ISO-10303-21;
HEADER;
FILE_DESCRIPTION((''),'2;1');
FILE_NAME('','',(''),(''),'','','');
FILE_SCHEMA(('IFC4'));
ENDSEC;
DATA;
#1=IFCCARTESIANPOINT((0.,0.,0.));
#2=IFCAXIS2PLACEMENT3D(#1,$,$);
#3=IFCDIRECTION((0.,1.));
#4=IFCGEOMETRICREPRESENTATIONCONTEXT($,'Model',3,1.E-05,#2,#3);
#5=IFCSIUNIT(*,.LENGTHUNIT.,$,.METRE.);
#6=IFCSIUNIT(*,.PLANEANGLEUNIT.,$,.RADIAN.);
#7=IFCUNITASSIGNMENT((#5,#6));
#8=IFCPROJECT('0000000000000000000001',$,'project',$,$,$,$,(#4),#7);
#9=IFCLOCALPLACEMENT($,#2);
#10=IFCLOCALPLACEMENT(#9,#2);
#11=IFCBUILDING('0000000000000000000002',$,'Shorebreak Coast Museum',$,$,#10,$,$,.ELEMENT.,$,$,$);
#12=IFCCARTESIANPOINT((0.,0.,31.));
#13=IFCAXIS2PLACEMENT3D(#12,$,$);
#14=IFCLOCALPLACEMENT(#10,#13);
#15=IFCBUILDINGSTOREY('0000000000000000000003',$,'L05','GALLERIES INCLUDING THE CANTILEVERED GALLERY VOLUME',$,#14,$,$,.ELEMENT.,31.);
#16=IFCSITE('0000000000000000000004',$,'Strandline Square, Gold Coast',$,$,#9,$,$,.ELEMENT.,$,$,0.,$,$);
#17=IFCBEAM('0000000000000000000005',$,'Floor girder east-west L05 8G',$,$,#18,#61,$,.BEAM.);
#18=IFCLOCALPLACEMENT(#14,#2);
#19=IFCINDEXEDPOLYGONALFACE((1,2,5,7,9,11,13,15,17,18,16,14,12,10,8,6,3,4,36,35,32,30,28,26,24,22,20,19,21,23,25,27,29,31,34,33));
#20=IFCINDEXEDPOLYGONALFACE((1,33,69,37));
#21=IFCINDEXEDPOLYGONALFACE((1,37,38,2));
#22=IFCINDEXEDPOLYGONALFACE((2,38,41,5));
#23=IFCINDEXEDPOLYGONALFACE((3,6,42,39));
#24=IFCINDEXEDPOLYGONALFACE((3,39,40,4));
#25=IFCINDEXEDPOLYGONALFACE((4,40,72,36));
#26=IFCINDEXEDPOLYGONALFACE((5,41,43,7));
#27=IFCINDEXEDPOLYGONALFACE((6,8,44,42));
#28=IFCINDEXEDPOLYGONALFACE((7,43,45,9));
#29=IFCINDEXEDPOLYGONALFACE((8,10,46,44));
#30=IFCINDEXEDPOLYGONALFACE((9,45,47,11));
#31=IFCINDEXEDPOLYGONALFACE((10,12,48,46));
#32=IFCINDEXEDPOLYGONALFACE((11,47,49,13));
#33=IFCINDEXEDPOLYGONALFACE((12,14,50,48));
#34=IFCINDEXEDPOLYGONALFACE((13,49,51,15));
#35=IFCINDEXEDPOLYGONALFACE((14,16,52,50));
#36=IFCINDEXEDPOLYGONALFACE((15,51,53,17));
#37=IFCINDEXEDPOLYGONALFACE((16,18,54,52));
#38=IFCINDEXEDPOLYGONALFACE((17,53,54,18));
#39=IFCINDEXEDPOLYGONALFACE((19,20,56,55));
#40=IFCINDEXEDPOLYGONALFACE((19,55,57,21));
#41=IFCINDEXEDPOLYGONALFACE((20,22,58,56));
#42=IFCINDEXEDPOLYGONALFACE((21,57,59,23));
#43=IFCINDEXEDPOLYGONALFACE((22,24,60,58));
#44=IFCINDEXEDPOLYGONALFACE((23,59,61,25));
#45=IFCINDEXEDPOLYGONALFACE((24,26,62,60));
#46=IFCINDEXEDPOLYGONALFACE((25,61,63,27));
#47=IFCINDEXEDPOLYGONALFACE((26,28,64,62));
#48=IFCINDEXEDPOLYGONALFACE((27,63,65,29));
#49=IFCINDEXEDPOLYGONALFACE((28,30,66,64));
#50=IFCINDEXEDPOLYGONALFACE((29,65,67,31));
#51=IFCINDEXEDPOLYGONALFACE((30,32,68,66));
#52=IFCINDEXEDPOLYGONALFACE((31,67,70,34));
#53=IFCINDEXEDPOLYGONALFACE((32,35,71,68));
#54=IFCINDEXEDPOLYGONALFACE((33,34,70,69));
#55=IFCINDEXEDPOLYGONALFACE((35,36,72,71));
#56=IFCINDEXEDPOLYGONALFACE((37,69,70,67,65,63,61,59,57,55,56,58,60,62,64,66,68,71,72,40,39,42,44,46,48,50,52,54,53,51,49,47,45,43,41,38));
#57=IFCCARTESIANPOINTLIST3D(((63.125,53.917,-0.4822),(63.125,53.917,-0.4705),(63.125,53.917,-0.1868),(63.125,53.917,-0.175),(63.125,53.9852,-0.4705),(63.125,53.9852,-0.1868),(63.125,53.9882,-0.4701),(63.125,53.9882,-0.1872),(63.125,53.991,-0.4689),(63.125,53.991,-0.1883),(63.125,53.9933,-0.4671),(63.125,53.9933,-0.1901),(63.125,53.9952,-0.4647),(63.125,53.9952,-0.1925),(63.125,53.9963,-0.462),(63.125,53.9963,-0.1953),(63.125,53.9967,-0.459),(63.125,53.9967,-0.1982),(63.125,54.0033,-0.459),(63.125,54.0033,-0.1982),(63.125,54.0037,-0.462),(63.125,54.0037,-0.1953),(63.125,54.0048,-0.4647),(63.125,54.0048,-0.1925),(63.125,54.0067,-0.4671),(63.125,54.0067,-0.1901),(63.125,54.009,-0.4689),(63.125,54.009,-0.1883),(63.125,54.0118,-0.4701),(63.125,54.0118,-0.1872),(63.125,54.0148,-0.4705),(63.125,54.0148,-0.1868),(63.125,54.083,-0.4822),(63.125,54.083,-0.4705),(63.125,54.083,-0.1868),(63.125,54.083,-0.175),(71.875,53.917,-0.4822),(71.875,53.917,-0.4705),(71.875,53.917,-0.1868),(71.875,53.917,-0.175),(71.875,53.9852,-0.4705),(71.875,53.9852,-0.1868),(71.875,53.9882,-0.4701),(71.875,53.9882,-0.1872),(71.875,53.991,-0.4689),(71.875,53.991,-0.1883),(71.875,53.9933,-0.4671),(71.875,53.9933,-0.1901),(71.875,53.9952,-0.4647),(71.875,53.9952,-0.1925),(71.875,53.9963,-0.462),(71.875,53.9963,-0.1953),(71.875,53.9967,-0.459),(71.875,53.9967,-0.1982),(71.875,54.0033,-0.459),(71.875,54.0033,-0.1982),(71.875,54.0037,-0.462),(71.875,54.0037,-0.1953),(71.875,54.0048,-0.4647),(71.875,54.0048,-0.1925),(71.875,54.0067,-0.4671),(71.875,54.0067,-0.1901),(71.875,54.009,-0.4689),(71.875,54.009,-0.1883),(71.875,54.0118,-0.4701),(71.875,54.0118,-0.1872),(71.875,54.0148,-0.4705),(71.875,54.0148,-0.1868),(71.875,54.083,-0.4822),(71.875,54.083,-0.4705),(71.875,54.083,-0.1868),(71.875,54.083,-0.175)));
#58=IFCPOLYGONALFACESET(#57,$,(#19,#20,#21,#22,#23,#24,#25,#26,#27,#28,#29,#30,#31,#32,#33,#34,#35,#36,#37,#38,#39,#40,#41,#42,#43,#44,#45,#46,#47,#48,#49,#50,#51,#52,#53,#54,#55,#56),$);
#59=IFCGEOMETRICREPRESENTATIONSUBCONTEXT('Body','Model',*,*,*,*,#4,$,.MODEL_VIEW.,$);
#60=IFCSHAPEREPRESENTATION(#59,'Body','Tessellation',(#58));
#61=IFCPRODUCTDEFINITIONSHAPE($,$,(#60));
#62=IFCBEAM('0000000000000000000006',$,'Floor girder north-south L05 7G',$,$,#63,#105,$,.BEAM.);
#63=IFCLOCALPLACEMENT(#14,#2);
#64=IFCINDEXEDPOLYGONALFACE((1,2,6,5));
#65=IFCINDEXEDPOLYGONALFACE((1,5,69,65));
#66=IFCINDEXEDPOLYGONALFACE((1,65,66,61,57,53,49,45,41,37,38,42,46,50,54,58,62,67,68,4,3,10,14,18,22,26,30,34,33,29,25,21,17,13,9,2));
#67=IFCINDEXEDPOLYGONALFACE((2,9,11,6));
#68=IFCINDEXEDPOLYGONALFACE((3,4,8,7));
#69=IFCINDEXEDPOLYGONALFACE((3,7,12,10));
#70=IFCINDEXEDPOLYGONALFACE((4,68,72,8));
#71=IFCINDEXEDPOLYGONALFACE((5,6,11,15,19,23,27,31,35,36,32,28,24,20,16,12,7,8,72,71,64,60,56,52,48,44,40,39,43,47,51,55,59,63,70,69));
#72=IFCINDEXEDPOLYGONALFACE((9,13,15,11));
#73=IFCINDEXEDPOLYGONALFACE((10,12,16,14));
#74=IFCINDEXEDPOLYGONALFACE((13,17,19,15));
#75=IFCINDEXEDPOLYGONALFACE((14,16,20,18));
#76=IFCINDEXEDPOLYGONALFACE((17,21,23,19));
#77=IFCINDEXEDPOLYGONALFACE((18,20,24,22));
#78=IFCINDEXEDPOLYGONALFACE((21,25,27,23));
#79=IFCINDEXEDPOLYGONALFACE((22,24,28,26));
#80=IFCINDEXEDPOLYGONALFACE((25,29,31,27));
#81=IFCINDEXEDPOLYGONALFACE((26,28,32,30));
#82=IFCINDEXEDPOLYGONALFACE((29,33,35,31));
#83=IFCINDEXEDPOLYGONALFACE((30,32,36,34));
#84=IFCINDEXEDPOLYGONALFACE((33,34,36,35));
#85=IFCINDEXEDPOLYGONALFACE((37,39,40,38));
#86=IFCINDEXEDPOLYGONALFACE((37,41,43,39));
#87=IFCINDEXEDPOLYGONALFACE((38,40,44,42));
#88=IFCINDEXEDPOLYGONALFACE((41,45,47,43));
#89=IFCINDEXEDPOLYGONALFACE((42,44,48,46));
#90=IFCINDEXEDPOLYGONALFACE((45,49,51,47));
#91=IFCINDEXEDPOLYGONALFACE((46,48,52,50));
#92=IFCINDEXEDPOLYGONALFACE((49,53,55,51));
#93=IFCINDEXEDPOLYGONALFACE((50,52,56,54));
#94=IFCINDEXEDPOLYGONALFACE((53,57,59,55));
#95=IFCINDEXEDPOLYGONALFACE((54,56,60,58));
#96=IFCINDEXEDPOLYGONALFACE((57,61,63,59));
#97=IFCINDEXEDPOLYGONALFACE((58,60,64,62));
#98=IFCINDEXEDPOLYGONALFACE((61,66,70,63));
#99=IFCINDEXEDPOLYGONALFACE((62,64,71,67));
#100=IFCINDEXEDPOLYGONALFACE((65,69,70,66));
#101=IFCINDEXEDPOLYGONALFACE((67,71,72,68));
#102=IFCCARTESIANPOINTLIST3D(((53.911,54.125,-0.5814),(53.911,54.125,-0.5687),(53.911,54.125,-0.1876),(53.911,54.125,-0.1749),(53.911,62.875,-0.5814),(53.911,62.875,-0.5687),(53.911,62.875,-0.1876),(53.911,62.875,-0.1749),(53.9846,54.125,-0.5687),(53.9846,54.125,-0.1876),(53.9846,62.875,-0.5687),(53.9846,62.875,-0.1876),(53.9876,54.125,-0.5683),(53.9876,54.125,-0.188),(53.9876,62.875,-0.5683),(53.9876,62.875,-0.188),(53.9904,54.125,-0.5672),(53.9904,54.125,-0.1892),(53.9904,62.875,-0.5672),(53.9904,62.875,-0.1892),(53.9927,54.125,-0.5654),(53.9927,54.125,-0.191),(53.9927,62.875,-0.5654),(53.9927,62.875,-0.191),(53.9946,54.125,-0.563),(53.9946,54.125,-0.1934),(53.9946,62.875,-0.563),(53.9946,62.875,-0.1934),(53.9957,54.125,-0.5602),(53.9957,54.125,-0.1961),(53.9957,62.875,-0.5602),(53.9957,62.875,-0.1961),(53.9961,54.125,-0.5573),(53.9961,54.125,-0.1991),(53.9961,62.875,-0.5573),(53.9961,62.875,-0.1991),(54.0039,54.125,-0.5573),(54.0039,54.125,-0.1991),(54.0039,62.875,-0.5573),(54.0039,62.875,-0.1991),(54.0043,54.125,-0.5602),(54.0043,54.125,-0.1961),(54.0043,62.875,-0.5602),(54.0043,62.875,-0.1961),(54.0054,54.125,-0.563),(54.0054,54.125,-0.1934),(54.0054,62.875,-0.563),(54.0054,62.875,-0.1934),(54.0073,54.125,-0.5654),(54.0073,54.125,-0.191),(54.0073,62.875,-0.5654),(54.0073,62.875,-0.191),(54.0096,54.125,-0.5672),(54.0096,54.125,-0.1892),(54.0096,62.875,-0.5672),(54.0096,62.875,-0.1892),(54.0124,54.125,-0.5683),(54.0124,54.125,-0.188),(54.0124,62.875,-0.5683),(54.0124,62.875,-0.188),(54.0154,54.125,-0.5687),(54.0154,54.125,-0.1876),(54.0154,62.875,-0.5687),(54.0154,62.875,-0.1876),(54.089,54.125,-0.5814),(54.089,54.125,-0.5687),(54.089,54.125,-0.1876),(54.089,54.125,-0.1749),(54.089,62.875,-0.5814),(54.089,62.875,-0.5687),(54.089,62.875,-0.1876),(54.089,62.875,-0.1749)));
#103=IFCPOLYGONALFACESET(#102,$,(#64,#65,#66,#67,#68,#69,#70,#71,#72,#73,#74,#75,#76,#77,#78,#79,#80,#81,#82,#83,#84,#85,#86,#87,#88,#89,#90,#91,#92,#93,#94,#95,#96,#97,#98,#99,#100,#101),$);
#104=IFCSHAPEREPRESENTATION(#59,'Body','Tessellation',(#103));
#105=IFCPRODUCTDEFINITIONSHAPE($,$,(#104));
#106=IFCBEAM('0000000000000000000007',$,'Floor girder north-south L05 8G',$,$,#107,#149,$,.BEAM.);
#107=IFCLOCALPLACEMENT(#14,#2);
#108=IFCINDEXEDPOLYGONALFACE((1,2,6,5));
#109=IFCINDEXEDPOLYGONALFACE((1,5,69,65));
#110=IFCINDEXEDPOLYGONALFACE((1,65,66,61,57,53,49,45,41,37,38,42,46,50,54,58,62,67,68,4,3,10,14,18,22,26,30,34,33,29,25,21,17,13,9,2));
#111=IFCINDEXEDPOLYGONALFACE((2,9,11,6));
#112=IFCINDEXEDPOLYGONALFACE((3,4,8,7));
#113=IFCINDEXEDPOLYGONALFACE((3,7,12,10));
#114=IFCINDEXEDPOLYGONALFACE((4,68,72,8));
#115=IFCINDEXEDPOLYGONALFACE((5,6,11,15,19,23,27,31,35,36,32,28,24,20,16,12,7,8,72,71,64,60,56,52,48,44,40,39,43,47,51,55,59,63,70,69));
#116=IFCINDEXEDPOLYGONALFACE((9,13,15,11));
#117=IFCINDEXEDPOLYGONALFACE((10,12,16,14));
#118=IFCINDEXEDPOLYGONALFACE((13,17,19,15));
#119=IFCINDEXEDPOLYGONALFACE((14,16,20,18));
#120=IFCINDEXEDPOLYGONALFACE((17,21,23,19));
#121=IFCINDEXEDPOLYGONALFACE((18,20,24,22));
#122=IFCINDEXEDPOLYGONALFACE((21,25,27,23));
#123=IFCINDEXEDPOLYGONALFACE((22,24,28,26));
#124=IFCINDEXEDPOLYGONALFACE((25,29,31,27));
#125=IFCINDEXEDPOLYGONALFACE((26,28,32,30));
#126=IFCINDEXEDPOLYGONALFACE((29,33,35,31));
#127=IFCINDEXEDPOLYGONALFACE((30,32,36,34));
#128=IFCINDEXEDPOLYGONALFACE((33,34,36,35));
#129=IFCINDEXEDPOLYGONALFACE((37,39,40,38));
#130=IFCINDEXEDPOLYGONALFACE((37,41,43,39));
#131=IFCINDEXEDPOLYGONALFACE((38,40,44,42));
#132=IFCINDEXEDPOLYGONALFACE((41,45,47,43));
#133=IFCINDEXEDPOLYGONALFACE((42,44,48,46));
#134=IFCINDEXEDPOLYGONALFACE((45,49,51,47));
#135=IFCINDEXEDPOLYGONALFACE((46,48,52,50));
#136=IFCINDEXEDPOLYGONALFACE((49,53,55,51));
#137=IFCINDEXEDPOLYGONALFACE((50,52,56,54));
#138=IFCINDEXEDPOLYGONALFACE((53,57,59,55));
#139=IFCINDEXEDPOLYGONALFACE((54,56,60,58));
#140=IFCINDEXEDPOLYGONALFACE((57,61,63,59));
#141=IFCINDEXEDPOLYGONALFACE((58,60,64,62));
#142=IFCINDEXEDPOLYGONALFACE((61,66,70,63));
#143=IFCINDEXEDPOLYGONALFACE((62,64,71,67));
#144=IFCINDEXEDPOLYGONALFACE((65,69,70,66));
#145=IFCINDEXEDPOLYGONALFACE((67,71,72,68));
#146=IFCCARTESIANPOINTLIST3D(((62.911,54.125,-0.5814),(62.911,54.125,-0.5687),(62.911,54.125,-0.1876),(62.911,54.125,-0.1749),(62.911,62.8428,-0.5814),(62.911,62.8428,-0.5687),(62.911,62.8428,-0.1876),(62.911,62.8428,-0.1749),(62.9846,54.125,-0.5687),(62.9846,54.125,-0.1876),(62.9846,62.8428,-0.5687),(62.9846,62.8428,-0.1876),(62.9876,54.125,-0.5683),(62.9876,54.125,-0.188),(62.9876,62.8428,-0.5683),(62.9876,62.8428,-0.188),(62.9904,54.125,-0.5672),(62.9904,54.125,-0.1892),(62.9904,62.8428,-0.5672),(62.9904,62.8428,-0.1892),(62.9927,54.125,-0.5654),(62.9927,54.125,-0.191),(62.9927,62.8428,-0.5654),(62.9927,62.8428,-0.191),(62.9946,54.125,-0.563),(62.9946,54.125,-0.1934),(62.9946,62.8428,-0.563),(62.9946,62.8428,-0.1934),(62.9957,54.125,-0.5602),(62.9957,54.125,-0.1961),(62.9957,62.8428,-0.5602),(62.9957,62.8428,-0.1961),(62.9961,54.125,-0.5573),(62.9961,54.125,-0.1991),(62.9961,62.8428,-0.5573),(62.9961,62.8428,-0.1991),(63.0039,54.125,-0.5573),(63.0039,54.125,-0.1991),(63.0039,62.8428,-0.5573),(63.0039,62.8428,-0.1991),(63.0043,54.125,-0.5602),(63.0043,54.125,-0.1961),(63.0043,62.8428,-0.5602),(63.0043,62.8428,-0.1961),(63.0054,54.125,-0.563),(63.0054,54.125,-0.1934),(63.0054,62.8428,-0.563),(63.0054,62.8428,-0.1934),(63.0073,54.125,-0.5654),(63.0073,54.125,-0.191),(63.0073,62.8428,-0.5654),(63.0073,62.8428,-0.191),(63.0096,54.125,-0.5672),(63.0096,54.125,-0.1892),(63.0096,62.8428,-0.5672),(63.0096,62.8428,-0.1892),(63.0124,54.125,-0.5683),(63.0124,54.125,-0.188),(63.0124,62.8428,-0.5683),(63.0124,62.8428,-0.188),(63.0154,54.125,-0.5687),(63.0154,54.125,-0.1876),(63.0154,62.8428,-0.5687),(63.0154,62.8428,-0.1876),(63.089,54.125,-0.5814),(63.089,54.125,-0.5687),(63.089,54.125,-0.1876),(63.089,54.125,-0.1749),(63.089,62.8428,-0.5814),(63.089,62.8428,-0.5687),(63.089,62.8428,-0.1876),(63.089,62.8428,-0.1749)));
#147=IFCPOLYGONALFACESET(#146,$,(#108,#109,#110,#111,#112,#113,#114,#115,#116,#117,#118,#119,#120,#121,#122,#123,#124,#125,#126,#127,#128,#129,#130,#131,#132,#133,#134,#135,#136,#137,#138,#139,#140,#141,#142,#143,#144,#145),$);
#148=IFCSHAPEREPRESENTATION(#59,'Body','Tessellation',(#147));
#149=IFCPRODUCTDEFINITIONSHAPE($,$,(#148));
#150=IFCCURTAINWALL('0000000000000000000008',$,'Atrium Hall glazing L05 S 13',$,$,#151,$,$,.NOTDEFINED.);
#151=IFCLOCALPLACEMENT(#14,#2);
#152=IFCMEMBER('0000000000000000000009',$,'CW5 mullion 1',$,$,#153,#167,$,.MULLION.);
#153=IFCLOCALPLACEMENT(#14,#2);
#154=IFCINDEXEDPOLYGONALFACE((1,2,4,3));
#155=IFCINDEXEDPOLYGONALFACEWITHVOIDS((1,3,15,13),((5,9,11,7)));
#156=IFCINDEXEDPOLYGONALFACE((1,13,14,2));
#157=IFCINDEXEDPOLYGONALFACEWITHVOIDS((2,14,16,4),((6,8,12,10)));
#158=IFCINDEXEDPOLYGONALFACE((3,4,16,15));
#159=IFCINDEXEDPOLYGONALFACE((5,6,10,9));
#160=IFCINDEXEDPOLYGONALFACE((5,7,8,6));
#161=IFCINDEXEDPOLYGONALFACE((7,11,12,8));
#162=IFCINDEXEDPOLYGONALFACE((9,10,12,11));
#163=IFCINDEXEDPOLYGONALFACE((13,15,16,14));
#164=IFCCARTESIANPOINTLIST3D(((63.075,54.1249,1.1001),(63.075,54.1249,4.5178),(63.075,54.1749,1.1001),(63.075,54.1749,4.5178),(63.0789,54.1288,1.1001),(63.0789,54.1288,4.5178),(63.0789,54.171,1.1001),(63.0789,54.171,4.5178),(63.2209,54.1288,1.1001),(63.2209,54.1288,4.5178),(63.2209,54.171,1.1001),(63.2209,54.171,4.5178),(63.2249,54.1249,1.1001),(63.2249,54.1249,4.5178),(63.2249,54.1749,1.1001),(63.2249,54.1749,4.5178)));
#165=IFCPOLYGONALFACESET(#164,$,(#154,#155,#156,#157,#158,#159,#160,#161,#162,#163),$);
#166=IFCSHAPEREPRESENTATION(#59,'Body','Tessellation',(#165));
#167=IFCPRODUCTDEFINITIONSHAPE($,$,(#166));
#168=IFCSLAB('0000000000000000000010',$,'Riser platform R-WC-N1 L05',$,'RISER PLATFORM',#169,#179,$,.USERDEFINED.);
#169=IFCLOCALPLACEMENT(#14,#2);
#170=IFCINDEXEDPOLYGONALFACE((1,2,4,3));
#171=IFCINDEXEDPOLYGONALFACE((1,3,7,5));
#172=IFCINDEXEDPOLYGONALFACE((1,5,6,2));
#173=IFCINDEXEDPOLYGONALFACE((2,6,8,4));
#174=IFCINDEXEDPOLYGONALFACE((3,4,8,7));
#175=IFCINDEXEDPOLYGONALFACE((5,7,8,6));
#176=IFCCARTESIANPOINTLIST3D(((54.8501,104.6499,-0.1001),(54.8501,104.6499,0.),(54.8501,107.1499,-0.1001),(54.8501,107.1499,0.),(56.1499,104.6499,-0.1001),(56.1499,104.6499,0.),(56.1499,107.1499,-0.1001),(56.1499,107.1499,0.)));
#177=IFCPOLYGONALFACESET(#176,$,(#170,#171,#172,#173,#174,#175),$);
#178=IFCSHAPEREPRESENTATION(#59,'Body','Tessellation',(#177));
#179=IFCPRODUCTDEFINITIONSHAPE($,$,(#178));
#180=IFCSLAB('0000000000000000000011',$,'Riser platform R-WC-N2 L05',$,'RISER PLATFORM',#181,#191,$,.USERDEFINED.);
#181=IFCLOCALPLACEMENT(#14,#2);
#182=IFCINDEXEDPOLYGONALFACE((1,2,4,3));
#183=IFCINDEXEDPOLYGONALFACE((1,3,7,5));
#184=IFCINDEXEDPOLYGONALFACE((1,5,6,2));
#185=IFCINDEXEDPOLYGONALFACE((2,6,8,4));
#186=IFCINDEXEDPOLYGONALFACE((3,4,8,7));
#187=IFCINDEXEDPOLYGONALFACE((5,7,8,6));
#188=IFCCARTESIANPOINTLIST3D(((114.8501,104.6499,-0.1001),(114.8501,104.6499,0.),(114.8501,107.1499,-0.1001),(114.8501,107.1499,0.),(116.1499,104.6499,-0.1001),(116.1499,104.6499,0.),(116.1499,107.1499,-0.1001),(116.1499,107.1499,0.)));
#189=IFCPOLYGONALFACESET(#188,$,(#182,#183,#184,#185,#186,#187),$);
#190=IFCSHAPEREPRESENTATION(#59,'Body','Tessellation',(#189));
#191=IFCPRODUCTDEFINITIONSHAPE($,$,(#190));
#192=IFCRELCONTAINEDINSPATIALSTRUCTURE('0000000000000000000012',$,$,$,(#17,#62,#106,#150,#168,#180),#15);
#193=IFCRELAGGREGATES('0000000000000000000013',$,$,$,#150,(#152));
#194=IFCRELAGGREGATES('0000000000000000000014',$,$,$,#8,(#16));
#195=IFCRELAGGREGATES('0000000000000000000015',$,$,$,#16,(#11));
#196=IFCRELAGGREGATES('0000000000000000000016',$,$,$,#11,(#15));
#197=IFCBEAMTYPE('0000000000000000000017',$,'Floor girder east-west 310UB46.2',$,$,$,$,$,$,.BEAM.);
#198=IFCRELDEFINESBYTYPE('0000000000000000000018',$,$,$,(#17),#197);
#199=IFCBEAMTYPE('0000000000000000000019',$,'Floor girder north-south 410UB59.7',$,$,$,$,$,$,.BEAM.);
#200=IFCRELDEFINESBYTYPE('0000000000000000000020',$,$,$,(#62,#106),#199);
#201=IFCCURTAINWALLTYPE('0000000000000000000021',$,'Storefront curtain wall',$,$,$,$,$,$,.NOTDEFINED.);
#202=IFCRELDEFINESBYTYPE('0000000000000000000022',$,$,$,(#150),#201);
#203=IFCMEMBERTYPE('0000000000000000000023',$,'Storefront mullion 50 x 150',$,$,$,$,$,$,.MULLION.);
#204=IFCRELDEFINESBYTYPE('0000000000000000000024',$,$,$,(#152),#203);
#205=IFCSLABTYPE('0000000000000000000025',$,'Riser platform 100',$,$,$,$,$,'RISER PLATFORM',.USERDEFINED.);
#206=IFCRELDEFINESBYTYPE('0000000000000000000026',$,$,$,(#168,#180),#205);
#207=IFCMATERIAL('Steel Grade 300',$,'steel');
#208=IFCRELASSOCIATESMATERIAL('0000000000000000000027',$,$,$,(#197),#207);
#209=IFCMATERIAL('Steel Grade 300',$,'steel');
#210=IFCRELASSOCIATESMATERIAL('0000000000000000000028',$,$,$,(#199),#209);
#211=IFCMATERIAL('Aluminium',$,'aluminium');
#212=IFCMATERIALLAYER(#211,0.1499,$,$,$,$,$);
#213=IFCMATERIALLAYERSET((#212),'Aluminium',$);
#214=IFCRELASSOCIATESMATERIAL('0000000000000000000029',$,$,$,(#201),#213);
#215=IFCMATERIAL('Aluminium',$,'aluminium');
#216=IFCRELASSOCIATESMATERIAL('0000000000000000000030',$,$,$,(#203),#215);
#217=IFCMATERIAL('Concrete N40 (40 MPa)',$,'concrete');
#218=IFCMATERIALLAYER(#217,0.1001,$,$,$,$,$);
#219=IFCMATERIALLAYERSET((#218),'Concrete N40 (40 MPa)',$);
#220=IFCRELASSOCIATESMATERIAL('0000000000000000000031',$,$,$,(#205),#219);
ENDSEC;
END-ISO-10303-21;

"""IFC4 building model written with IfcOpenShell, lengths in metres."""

from ifc_helpers import new_model, si_unit, direction, frame, origin, origin_2d, place, context, subcontext, project, spatial, polyline, hollow_rectangle, i_section, outline, extrude, material, layer, layer_set, material_profile, profile_set, type_object, element, aggregate, save


model = new_model("IFC4")

# Units and contexts
model_context = context("Model", 3, precision=1e-05, world=origin(), true_north=direction((0.0, 1.0)))
body_context = subcontext(model_context, "Body", "Model", "MODEL_VIEW")
ifc_project = project(units=[si_unit("LENGTHUNIT", "METRE"), si_unit("PLANEANGLEUNIT", "RADIAN")], contexts=[model_context])

# Site, building, storey
site_placement = place(None, origin())
site = spatial("IfcSite", under=ifc_project, at=site_placement, Name="Strandline Square, Gold Coast", CompositionType="ELEMENT", RefElevation=0.0)
building_placement = place(site_placement, origin())
building = spatial("IfcBuilding", under=site, at=building_placement, Name="Shorebreak Coast Museum", CompositionType="ELEMENT")
storey_placement = place(building_placement, frame((0.0, 0.0, 31.0)))
storey = spatial("IfcBuildingStorey", under=building, at=storey_placement, Name="L05", Description="GALLERIES INCLUDING THE CANTILEVERED GALLERY VOLUME", CompositionType="ELEMENT", Elevation=31.0)

# Beams
ifc_material_1 = material(Name="Steel Grade 300", Category="steel")
ifc_material_profile_1 = material_profile(ifc_material_1, i_section(OverallWidth=0.166, OverallDepth=0.3071, WebThickness=0.0066, FlangeThickness=0.0117, FilletRadius=0.0115, at=origin_2d()), Name="310UB46.2")
ifc_profile_set_1 = profile_set([ifc_material_profile_1], Name="Steel Grade 300")
beam_type_1 = type_object("IfcBeamType", Name="Floor girder east-west 310UB46.2", PredefinedType="BEAM", material=ifc_profile_set_1)
for number, where, z_axis, x_axis, name in (
    (1, (63.125, 54.0, -0.3286), (1.0, 0.0, 0.0), (0.0, 1.0, 0.0), "Floor girder east-west L05 8G"),
):
    element("IfcBeam", number, at=place(storey_placement, frame(where, z_axis=z_axis, x_axis=x_axis)), inside=storey, type_object=beam_type_1, Name=name, PredefinedType="BEAM", context=body_context, shape_type="SweptSolid", body=[
        extrude(i_section(OverallWidth=0.166, OverallDepth=0.3071, WebThickness=0.0066, FlangeThickness=0.0117, FilletRadius=0.0115, at=origin_2d()), origin(), (0.0, 0.0, 1.0), 8.75),
    ])
ifc_material_2 = material(Name="Steel Grade 300", Category="steel")
ifc_material_profile_2 = material_profile(ifc_material_2, i_section(OverallWidth=0.178, OverallDepth=0.4065, WebThickness=0.0078, FlangeThickness=0.0127, FilletRadius=0.0115, at=origin_2d()), Name="410UB59.7")
ifc_profile_set_2 = profile_set([ifc_material_profile_2], Name="Steel Grade 300")
beam_type_2 = type_object("IfcBeamType", Name="Floor girder north-south 410UB59.7", PredefinedType="BEAM", material=ifc_profile_set_2)
beam_1_placement = place(storey_placement, frame((54.0, 54.125, -0.3782), z_axis=(0.0, 1.0, 0.0), x_axis=(-1.0, 0.0, 0.0)))
element("IfcBeam", 2, at=beam_1_placement, inside=storey, type_object=beam_type_2, Name="Floor girder north-south L05 7G", PredefinedType="BEAM", context=body_context, shape_type="SweptSolid", body=[
    extrude(i_section(OverallWidth=0.178, OverallDepth=0.4065, WebThickness=0.0078, FlangeThickness=0.0127, FilletRadius=0.0115, at=origin_2d()), origin(), (0.0, 0.0, 1.0), 8.75),
])
beam_2_placement = place(storey_placement, frame((63.0, 54.125, -0.3782), z_axis=(0.0, 1.0, 0.0), x_axis=(-1.0, 0.0, 0.0)))
element("IfcBeam", 3, at=beam_2_placement, inside=storey, type_object=beam_type_2, Name="Floor girder north-south L05 8G", PredefinedType="BEAM", context=body_context, shape_type="SweptSolid", body=[
    extrude(i_section(OverallWidth=0.178, OverallDepth=0.4065, WebThickness=0.0078, FlangeThickness=0.0127, FilletRadius=0.0115, at=origin_2d()), origin(), (0.0, 0.0, 1.0), 8.7178),
])

# Curtain wall, member
ifc_material_3 = material(Name="Aluminium", Category="aluminium")
ifc_layer_1 = layer(ifc_material_3, 0.1499)
ifc_layer_set_1 = layer_set([ifc_layer_1], Name="Aluminium")
curtain_wall_type = type_object("IfcCurtainWallType", Name="Storefront curtain wall", PredefinedType="NOTDEFINED", material=ifc_layer_set_1)
curtain_wall_placement = place(storey_placement, origin())
curtain_wall = element("IfcCurtainWall", 4, at=curtain_wall_placement, inside=storey, type_object=curtain_wall_type, Name="Atrium Hall glazing L05 S 13", PredefinedType="NOTDEFINED")
ifc_material_4 = material(Name="Aluminium", Category="aluminium")
ifc_material_profile_3 = material_profile(ifc_material_4, hollow_rectangle(XDim=0.05, YDim=0.1499, WallThickness=0.0039, at=origin_2d()), Name="AL 150x50 RHS")
ifc_profile_set_3 = profile_set([ifc_material_profile_3], Name="Aluminium")
member_type = type_object("IfcMemberType", Name="Storefront mullion 50 x 150", PredefinedType="MULLION", material=ifc_profile_set_3)
member_placement = place(storey_placement, frame((63.1499, 54.1499, 1.1001), z_axis=(0.0, 0.0, 1.0), x_axis=(0.0, 1.0, 0.0)))
member = element("IfcMember", 5, at=member_placement, type_object=member_type, Name="CW5 mullion 1", PredefinedType="MULLION", context=body_context, shape_type="SweptSolid", body=[
    extrude(hollow_rectangle(XDim=0.05, YDim=0.1499, WallThickness=0.0039, at=origin_2d()), origin(), (0.0, 0.0, 1.0), 3.4177),
])
aggregate(curtain_wall, [member])

# Slabs
ifc_material_5 = material(Name="Concrete N40 (40 MPa)", Category="concrete")
ifc_layer_2 = layer(ifc_material_5, 0.1001)
ifc_layer_set_2 = layer_set([ifc_layer_2], Name="Concrete N40 (40 MPa)")
slab_type_1 = type_object("IfcSlabType", Name="Riser platform 100", ElementType="RISER PLATFORM", PredefinedType="USERDEFINED", material=ifc_layer_set_2)
slab_1_placement = place(storey_placement, frame((0.0, 0.0, -0.1001)))
element("IfcSlab", 6, at=slab_1_placement, inside=storey, type_object=slab_type_1, Name="Riser platform R-WC-N1 L05", ObjectType="RISER PLATFORM", PredefinedType="USERDEFINED", context=body_context, shape_type="SweptSolid", body=[
    extrude(outline(polyline([(54.8501, 104.6499), (56.1499, 104.6499), (56.1499, 107.1499), (54.8501, 107.1499), (54.8501, 104.6499)])), origin(), (0.0, 0.0, 1.0), 0.1001),
])
slab_2_placement = place(storey_placement, frame((0.0, 0.0, -0.1001)))
element("IfcSlab", 7, at=slab_2_placement, inside=storey, type_object=slab_type_1, Name="Riser platform R-WC-N2 L05", ObjectType="RISER PLATFORM", PredefinedType="USERDEFINED", context=body_context, shape_type="SweptSolid", body=[
    extrude(outline(polyline([(114.8501, 104.6499), (116.1499, 104.6499), (116.1499, 107.1499), (114.8501, 107.1499), (114.8501, 104.6499)])), origin(), (0.0, 0.0, 1.0), 0.1001),
])

save(model, "model.ifc")
